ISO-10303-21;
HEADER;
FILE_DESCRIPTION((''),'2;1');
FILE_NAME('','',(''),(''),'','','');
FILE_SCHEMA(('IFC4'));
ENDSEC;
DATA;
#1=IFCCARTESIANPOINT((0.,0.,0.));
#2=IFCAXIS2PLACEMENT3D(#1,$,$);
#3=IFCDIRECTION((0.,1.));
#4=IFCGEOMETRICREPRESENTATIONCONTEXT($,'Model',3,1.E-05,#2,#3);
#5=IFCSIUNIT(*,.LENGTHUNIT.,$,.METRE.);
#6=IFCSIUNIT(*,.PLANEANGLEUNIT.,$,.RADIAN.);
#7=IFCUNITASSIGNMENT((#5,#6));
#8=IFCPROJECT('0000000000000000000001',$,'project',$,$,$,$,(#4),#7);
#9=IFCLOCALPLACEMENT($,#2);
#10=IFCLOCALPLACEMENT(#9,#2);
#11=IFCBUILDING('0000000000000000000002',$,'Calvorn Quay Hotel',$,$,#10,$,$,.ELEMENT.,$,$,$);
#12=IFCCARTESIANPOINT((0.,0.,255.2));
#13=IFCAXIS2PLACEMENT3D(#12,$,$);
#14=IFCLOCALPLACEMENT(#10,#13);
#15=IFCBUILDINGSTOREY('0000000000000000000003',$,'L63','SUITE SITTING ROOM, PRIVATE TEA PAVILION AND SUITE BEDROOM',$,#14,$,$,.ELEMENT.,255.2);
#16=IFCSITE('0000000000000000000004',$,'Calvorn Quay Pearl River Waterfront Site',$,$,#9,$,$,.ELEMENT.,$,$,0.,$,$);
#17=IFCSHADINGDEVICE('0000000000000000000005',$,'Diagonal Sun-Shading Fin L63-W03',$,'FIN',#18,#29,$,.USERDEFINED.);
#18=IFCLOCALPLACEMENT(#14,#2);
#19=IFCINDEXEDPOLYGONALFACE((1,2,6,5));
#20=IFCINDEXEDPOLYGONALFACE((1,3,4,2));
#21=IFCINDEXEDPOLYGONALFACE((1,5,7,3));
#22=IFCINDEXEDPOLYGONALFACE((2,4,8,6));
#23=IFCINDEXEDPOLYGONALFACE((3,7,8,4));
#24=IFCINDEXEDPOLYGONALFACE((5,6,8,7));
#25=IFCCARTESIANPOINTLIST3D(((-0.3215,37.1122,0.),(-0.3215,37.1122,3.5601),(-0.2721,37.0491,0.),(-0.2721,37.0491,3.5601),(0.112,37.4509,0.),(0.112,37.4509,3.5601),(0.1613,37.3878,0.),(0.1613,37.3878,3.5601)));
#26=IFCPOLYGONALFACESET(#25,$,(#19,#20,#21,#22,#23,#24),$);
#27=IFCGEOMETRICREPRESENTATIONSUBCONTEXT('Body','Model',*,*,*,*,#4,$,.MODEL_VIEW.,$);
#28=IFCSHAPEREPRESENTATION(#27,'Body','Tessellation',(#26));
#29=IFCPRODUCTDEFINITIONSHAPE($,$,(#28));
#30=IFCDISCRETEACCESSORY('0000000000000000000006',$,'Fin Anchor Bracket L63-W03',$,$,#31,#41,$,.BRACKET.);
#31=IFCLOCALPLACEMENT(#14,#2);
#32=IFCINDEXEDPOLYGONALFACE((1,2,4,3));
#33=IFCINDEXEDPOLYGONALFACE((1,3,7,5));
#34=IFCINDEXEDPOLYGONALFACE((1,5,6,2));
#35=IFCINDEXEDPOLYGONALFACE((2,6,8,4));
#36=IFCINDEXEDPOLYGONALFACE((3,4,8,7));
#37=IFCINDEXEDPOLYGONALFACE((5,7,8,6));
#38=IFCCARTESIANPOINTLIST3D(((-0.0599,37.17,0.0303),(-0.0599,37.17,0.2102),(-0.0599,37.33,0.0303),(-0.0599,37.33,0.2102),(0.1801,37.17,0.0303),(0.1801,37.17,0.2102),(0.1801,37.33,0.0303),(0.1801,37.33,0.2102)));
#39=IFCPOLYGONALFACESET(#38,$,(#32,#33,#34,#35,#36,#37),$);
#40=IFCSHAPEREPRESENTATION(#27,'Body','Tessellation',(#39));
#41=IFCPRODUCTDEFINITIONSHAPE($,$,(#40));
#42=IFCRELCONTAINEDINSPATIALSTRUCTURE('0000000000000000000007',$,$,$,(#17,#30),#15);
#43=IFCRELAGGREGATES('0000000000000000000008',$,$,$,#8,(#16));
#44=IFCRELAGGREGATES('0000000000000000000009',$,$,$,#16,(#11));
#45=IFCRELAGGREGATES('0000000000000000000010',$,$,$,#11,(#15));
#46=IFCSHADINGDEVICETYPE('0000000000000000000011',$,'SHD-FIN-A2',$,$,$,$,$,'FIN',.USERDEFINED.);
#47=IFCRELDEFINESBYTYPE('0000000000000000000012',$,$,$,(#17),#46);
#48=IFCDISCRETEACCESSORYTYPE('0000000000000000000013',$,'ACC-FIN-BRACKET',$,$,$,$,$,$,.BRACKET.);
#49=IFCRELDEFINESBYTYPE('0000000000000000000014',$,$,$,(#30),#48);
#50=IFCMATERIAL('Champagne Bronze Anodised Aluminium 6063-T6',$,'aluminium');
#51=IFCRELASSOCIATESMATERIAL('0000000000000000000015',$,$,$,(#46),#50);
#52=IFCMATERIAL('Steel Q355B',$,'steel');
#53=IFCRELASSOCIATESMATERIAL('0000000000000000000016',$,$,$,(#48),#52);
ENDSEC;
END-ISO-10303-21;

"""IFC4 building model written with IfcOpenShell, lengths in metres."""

from ifc_helpers import new_model, si_unit, direction, frame, origin, origin_2d, place, context, subcontext, project, spatial, rectangle, extrude, material, type_object, element, save


model = new_model("IFC4")

# Units and contexts
model_context = context("Model", 3, precision=1e-05, world=origin(), true_north=direction((0.0, 1.0)))
body_context = subcontext(model_context, "Body", "Model", "MODEL_VIEW")
ifc_project = project(units=[si_unit("LENGTHUNIT", "METRE"), si_unit("PLANEANGLEUNIT", "RADIAN")], contexts=[model_context])

# Site, building, storey
site_placement = place(None, origin())
site = spatial("IfcSite", under=ifc_project, at=site_placement, Name="Calvorn Quay Pearl River Waterfront Site", CompositionType="ELEMENT", RefElevation=0.0)
building_placement = place(site_placement, origin())
building = spatial("IfcBuilding", under=site, at=building_placement, Name="Calvorn Quay Hotel", CompositionType="ELEMENT")
storey_placement = place(building_placement, frame((0.0, 0.0, 255.2)))
storey = spatial("IfcBuildingStorey", under=building, at=storey_placement, Name="L63", Description="SUITE SITTING ROOM, PRIVATE TEA PAVILION AND SUITE BEDROOM", CompositionType="ELEMENT", Elevation=255.2)

# Shading device
ifc_material_1 = material(Name="Champagne Bronze Anodised Aluminium 6063-T6", Category="aluminium")
shading_device_type = type_object("IfcShadingDeviceType", Name="SHD-FIN-A2", ElementType="FIN", PredefinedType="USERDEFINED", material=ifc_material_1)
shading_device_placement = place(storey_placement, frame((-0.0801, 37.25, 0.0), z_axis=(0.0, 0.0, 1.0), x_axis=(0.788011, 0.615661, 0.0)))
element("IfcShadingDevice", 1, at=shading_device_placement, inside=storey, type_object=shading_device_type, Name="Diagonal Sun-Shading Fin L63-W03", ObjectType="FIN", PredefinedType="USERDEFINED", context=body_context, shape_type="SweptSolid", body=[
    extrude(rectangle(XDim=0.55, YDim=0.0801, at=origin_2d()), origin(), (0.0, 0.0, 1.0), 3.5601),
])

# Discrete accessory
ifc_material_2 = material(Name="Steel Q355B", Category="steel")
discrete_accessory_type = type_object("IfcDiscreteAccessoryType", Name="ACC-FIN-BRACKET", PredefinedType="BRACKET", material=ifc_material_2)
discrete_accessory_placement = place(storey_placement, frame((0.0601, 37.25, 0.0303), z_axis=(0.0, 0.0, 1.0), x_axis=(1.0, 0.0, 0.0)))
element("IfcDiscreteAccessory", 2, at=discrete_accessory_placement, inside=storey, type_object=discrete_accessory_type, Name="Fin Anchor Bracket L63-W03", PredefinedType="BRACKET", context=body_context, shape_type="SweptSolid", body=[
    extrude(rectangle(XDim=0.24, YDim=0.1599, at=origin_2d()), origin(), (0.0, 0.0, 1.0), 0.1799),
])

save(model, "model.ifc")
